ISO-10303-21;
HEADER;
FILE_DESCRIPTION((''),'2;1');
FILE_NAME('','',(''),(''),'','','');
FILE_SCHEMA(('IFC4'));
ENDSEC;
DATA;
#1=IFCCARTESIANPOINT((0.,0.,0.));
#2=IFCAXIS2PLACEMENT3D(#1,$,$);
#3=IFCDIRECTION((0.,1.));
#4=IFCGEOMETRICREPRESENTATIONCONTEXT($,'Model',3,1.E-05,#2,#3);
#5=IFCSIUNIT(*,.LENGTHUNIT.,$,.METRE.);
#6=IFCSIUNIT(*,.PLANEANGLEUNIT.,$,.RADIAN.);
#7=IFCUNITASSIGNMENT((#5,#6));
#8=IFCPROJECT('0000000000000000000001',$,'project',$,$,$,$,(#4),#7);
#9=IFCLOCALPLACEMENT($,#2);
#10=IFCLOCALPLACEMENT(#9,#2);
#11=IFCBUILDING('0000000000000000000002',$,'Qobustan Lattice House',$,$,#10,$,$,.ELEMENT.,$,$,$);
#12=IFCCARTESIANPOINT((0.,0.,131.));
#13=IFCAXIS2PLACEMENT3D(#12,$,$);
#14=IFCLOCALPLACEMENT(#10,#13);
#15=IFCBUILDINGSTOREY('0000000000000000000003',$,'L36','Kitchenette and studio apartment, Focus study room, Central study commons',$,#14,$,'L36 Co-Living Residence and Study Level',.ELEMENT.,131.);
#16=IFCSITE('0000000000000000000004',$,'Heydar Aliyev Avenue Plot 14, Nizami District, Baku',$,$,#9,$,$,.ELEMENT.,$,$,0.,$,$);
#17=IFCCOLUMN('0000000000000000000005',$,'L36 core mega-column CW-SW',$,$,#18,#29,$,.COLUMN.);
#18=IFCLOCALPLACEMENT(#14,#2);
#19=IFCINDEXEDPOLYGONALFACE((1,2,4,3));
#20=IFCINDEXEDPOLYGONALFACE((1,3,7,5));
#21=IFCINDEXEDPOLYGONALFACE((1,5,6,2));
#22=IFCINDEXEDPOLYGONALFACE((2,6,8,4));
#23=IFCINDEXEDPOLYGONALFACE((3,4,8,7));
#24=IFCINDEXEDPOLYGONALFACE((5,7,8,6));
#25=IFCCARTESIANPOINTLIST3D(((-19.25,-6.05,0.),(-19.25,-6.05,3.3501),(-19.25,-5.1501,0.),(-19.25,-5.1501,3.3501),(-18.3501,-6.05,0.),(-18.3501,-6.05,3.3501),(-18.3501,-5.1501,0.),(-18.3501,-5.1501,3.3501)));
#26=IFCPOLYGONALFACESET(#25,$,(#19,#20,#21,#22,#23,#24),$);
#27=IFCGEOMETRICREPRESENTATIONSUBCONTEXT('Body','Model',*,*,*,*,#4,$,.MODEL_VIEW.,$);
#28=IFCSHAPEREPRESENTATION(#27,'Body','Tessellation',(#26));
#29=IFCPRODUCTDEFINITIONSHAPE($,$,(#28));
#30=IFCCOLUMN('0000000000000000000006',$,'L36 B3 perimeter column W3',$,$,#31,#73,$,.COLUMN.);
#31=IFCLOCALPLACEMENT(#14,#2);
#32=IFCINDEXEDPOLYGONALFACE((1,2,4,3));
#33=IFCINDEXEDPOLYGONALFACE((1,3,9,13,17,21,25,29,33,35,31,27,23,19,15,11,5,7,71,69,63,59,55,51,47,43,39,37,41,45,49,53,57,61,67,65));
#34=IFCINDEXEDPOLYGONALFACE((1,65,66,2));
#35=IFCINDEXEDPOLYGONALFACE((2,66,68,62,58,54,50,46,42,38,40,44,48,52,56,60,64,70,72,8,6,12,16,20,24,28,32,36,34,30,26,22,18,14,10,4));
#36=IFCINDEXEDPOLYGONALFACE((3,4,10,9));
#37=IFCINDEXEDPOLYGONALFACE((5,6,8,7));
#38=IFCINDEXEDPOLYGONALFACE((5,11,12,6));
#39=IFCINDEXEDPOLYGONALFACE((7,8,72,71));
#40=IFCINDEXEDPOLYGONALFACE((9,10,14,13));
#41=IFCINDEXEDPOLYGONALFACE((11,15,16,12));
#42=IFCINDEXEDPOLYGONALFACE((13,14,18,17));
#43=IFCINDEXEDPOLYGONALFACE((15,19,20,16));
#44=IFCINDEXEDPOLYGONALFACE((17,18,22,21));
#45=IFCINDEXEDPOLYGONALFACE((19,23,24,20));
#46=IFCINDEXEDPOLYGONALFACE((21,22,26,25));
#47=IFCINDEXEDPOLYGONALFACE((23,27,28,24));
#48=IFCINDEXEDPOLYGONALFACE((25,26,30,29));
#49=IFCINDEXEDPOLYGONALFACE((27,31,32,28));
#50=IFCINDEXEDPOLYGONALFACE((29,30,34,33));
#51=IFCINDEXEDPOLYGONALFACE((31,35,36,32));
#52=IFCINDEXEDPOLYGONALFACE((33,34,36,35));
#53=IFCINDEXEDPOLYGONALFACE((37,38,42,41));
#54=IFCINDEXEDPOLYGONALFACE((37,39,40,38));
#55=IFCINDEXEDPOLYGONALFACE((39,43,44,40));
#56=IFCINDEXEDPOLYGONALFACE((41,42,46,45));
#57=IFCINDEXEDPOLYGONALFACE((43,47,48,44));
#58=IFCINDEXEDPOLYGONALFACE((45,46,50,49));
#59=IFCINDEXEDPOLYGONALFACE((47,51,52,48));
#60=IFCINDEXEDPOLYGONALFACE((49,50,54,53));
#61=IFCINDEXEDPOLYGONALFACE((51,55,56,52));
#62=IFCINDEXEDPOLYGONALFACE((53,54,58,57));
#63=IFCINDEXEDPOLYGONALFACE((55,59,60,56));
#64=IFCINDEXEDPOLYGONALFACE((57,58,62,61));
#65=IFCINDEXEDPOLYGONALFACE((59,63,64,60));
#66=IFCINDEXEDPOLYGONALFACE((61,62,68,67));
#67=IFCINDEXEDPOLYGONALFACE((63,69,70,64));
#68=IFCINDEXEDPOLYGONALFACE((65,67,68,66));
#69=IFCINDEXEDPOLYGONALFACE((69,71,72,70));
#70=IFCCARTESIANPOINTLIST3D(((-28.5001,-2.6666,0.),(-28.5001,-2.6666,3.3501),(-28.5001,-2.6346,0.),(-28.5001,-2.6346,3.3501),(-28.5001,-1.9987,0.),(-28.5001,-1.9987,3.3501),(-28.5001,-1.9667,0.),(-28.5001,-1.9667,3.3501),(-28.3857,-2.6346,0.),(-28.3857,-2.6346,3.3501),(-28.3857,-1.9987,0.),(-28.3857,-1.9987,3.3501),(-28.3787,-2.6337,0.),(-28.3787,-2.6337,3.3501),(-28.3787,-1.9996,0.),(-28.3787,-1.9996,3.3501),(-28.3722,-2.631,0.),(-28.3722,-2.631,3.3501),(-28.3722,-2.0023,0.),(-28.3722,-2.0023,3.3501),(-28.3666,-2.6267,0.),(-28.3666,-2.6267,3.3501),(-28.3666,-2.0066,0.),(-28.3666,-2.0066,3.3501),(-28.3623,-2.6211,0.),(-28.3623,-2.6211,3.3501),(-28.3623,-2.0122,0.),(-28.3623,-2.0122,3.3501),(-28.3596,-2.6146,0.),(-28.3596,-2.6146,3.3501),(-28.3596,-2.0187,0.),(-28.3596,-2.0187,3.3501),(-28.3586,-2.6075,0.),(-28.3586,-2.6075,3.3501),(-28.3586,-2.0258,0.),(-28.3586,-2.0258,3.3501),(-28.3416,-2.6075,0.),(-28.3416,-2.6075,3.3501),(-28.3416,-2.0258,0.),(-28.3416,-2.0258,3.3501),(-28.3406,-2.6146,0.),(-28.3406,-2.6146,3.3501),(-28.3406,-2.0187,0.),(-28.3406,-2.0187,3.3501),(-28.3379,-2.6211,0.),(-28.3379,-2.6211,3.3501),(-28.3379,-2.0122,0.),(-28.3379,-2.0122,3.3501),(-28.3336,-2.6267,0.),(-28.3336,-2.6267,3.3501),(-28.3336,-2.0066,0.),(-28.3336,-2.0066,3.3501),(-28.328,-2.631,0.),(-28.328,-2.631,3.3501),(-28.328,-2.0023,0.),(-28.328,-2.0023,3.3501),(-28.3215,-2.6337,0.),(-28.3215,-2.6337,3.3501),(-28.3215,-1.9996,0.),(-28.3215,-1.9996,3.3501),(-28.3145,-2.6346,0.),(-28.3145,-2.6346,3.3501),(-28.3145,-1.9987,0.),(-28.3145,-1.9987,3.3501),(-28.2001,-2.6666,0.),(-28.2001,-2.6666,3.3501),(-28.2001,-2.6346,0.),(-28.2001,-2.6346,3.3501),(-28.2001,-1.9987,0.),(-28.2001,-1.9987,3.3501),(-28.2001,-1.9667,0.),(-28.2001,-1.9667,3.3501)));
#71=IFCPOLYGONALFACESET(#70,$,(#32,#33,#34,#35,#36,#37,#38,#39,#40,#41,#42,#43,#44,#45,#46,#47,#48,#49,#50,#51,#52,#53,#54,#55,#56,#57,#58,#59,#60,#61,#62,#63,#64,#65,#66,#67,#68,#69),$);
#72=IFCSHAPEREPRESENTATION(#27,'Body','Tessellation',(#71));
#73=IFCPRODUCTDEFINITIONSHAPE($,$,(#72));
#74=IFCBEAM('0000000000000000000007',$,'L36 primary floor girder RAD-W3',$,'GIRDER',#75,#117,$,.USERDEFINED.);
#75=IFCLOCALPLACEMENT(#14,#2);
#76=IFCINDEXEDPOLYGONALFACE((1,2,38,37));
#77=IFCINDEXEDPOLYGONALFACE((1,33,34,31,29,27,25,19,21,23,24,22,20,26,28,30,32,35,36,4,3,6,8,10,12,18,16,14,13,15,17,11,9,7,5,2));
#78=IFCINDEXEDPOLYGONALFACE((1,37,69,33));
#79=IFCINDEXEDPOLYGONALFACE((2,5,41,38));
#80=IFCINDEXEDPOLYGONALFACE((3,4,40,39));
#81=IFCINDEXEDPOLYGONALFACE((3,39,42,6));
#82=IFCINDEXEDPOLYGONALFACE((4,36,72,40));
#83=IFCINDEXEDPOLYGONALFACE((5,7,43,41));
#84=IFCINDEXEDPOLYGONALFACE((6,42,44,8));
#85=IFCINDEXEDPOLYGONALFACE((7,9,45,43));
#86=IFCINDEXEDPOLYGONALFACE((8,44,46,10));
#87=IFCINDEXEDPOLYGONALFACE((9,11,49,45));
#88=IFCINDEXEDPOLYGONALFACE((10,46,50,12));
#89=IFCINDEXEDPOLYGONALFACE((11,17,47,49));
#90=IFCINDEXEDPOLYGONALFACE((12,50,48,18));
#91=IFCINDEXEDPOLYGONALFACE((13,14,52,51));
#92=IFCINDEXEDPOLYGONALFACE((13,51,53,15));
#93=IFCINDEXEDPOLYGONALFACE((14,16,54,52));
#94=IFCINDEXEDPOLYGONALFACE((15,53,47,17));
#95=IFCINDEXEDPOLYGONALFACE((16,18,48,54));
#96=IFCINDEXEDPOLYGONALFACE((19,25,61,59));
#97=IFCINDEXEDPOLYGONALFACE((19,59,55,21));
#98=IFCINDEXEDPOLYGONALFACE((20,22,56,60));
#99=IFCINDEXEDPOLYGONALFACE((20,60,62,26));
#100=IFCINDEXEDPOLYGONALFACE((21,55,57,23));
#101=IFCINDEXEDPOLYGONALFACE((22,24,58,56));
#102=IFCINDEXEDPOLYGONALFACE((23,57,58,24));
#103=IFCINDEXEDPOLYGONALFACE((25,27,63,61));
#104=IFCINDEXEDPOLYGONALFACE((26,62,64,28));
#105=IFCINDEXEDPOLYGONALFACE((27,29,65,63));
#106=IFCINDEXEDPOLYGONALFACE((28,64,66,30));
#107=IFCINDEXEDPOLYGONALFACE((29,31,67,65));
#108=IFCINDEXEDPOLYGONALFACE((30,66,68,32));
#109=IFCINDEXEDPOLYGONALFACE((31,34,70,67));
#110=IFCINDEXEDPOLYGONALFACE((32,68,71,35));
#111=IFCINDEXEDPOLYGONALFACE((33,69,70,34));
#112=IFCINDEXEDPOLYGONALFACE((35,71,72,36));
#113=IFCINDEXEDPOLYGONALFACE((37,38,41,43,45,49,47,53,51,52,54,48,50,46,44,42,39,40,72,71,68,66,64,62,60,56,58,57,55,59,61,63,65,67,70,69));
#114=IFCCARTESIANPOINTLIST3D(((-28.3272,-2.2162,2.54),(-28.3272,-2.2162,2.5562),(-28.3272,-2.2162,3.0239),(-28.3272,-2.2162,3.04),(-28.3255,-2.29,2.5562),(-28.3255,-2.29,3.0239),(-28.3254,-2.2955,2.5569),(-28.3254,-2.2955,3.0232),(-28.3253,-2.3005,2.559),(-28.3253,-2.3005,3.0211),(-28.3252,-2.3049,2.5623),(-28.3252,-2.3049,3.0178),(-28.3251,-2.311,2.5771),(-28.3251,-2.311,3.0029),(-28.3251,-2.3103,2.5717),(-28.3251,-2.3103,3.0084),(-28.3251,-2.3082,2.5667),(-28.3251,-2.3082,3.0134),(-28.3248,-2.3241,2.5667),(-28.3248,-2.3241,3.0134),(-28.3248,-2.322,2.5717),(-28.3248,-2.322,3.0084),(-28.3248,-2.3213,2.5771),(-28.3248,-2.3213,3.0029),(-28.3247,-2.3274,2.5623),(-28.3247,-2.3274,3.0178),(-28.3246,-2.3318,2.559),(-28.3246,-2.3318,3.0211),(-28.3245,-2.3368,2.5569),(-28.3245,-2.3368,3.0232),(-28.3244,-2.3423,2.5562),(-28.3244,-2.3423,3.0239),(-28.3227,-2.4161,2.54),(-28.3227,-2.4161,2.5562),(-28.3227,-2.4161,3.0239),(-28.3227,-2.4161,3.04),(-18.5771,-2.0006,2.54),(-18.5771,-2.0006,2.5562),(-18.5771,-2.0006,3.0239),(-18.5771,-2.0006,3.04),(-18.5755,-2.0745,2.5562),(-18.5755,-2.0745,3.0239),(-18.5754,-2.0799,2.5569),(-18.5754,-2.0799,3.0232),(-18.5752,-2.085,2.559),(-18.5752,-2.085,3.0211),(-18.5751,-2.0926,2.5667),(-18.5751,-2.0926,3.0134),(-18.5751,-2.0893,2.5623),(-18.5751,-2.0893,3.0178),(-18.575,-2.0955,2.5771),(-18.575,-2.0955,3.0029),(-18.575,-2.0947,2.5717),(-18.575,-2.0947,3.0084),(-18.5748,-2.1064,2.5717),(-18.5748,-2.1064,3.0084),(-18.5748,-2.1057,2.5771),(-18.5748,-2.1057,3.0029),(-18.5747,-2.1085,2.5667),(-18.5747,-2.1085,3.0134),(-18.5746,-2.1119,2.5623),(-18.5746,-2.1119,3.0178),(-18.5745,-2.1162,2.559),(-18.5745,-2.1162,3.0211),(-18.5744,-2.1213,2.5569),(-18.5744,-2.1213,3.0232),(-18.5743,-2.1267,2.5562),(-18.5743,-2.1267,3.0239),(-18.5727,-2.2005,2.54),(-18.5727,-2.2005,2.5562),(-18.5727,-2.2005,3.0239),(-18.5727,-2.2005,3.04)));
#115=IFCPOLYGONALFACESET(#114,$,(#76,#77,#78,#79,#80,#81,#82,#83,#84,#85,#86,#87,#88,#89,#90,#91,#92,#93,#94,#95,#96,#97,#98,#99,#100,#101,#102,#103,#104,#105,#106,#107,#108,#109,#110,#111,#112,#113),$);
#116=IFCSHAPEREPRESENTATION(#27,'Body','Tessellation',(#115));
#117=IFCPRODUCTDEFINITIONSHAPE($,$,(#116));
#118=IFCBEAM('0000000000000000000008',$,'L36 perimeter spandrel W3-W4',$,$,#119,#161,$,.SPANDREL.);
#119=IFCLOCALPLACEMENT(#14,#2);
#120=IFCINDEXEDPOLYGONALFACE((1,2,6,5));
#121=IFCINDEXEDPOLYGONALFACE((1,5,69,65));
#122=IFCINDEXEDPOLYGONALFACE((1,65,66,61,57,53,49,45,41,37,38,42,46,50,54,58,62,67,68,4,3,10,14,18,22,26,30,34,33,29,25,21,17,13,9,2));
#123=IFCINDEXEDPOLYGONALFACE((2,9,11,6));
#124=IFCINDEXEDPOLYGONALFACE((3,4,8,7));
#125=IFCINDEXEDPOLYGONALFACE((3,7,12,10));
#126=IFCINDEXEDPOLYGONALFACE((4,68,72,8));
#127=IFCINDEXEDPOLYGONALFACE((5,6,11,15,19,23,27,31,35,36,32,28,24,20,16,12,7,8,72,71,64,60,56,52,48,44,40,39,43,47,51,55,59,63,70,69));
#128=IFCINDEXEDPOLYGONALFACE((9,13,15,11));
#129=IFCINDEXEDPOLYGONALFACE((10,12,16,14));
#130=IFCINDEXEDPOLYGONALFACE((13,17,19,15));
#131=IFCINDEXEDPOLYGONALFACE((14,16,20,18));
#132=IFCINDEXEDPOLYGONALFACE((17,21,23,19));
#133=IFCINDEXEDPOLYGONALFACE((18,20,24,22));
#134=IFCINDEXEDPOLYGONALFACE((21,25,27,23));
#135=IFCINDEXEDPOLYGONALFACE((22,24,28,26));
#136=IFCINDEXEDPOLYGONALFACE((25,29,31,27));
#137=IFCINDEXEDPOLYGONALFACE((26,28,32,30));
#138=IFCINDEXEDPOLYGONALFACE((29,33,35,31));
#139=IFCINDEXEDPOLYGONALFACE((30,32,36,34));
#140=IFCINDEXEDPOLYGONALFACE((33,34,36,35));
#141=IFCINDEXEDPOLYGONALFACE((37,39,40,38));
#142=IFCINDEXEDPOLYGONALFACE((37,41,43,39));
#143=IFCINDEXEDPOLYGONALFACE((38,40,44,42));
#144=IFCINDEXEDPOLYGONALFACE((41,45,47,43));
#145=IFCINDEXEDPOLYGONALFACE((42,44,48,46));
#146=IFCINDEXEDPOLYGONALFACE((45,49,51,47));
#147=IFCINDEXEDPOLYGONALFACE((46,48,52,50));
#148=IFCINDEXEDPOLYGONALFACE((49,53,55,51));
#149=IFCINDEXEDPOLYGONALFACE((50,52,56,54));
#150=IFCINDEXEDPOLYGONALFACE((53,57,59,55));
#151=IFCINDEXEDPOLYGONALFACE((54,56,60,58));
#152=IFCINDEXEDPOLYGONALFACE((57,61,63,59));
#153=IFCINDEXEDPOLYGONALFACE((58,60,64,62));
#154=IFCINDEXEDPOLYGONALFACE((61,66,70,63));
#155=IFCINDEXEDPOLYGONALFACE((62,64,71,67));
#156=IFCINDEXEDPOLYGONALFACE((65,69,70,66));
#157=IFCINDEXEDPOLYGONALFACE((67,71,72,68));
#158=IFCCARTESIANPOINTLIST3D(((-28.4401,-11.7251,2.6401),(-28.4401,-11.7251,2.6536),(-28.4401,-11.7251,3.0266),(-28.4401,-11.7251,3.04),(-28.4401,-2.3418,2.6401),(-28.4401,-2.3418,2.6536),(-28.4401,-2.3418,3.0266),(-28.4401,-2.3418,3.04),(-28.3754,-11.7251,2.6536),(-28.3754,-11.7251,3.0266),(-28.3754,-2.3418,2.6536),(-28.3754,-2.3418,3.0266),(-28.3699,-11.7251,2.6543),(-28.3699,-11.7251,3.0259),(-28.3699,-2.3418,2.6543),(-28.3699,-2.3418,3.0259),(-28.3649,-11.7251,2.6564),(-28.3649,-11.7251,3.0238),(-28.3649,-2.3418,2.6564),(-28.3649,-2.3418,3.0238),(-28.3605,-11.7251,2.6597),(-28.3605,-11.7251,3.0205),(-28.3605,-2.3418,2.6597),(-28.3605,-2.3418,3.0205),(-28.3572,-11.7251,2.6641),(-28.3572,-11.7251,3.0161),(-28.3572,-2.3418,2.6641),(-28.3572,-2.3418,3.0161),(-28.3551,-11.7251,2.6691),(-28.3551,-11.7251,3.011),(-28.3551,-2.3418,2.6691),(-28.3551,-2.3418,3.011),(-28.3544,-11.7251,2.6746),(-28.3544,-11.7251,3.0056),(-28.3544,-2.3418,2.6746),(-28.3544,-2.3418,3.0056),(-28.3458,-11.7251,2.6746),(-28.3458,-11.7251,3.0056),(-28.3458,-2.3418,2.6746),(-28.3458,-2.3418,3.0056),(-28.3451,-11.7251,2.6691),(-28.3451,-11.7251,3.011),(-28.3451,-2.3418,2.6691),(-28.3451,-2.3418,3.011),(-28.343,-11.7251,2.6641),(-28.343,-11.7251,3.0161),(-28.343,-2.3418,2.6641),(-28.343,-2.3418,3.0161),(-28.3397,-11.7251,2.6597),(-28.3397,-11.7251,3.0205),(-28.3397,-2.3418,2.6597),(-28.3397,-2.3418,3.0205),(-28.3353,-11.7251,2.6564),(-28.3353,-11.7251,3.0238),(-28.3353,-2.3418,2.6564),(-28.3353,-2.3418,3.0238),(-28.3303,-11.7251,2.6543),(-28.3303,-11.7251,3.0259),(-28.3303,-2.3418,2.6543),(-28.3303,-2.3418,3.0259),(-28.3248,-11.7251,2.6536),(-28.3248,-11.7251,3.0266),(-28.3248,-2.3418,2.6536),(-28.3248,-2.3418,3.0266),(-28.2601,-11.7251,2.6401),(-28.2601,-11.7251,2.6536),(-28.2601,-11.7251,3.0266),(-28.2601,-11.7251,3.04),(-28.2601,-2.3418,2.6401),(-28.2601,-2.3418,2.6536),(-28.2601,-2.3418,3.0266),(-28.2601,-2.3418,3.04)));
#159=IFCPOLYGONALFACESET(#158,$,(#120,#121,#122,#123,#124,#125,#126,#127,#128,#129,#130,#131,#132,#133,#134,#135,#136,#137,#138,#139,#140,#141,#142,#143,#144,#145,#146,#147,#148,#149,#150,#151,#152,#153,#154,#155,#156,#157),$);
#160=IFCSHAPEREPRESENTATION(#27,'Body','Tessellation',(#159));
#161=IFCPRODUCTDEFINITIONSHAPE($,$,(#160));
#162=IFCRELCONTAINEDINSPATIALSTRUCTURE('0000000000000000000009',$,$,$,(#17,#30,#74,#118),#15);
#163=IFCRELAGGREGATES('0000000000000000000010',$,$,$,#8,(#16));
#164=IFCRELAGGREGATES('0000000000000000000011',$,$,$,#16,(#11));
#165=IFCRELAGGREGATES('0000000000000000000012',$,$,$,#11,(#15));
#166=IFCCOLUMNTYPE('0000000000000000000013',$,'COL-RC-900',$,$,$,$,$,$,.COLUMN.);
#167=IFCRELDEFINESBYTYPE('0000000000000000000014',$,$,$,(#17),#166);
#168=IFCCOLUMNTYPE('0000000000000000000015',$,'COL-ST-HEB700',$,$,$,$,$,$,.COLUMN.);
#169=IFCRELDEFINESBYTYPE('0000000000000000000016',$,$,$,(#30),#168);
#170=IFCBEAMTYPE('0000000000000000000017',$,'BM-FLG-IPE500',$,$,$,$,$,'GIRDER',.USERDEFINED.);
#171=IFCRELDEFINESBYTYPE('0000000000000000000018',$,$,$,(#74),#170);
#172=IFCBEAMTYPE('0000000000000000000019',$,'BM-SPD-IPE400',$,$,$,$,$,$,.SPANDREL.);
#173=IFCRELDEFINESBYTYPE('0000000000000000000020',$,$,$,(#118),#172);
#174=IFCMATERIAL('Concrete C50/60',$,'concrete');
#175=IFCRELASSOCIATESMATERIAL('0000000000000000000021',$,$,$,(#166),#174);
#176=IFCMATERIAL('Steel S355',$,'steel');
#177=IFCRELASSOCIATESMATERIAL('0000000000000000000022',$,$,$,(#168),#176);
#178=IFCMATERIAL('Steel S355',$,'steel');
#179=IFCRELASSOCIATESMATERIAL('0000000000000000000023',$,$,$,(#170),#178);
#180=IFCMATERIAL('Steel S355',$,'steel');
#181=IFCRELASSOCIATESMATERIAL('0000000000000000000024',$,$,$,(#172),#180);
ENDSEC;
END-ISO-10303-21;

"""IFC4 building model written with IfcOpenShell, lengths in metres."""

from ifc_helpers import new_model, si_unit, direction, frame, origin, origin_2d, place, context, subcontext, project, spatial, rectangle, i_section, extrude, material, material_profile, profile_set, type_object, element, save


model = new_model("IFC4")

# Units and contexts
model_context = context("Model", 3, precision=1e-05, world=origin(), true_north=direction((0.0, 1.0)))
body_context = subcontext(model_context, "Body", "Model", "MODEL_VIEW")
ifc_project = project(units=[si_unit("LENGTHUNIT", "METRE"), si_unit("PLANEANGLEUNIT", "RADIAN")], contexts=[model_context])

# Site, building, storey
site_placement = place(None, origin())
site = spatial("IfcSite", under=ifc_project, at=site_placement, Name="Heydar Aliyev Avenue Plot 14, Nizami District, Baku", CompositionType="ELEMENT", RefElevation=0.0)
building_placement = place(site_placement, origin())
building = spatial("IfcBuilding", under=site, at=building_placement, Name="Qobustan Lattice House", CompositionType="ELEMENT")
storey_placement = place(building_placement, frame((0.0, 0.0, 131.0)))
storey = spatial("IfcBuildingStorey", under=building, at=storey_placement, Name="L36", Description="Kitchenette and studio apartment, Focus study room, Central study commons", LongName="L36 Co-Living Residence and Study Level", CompositionType="ELEMENT", Elevation=131.0)

# Columns
ifc_material_1 = material(Name="Concrete C50/60", Category="concrete")
ifc_material_profile_1 = material_profile(ifc_material_1, rectangle(XDim=0.8999, YDim=0.8999, at=origin_2d()), Name="RC900x900")
ifc_profile_set_1 = profile_set([ifc_material_profile_1], Name="Concrete C50/60")
column_type_1 = type_object("IfcColumnType", Name="COL-RC-900", PredefinedType="COLUMN", material=ifc_profile_set_1)
column_1_placement = place(storey_placement, frame((-18.8, -5.6001, 0.0), z_axis=(0.0, 0.0, 1.0), x_axis=(1.0, 0.0, 0.0)))
element("IfcColumn", 1, at=column_1_placement, inside=storey, type_object=column_type_1, Name="L36 core mega-column CW-SW", PredefinedType="COLUMN", context=body_context, shape_type="SweptSolid", body=[
    extrude(rectangle(XDim=0.8999, YDim=0.8999, at=origin_2d()), origin(), (0.0, 0.0, 1.0), 3.3501),
])
ifc_material_2 = material(Name="Steel S355", Category="steel")
ifc_material_profile_2 = material_profile(ifc_material_2, i_section(OverallWidth=0.3, OverallDepth=0.7, WebThickness=0.0171, FlangeThickness=0.032, FilletRadius=0.0271, at=origin_2d()), Name="HEB700")
ifc_profile_set_2 = profile_set([ifc_material_profile_2], Name="Steel S355")
column_type_2 = type_object("IfcColumnType", Name="COL-ST-HEB700", PredefinedType="COLUMN", material=ifc_profile_set_2)
column_2_placement = place(storey_placement, frame((-28.3501, -2.3167, 0.0), z_axis=(0.0, 0.0, 1.0), x_axis=(1.0, 0.0, 0.0)))
element("IfcColumn", 2, at=column_2_placement, inside=storey, type_object=column_type_2, Name="L36 B3 perimeter column W3", PredefinedType="COLUMN", context=body_context, shape_type="SweptSolid", body=[
    extrude(i_section(OverallWidth=0.3, OverallDepth=0.7, WebThickness=0.0171, FlangeThickness=0.032, FilletRadius=0.0271, at=origin_2d()), origin(), (0.0, 0.0, 1.0), 3.3501),
])

# Beams
ifc_material_3 = material(Name="Steel S355", Category="steel")
ifc_material_profile_3 = material_profile(ifc_material_3, i_section(OverallWidth=0.2, OverallDepth=0.5, WebThickness=0.0103, FlangeThickness=0.0161, FilletRadius=0.021, at=origin_2d()), Name="IPE500")
ifc_profile_set_3 = profile_set([ifc_material_profile_3], Name="Steel S355")
beam_type_1 = type_object("IfcBeamType", Name="BM-FLG-IPE500", ElementType="GIRDER", PredefinedType="USERDEFINED", material=ifc_profile_set_3)
beam_1_placement = place(storey_placement, frame((-28.325, -2.3162, 2.79), z_axis=(0.999756, 0.022105, 0.0), x_axis=(-0.022105, 0.999756, 0.0)))
element("IfcBeam", 3, at=beam_1_placement, inside=storey, type_object=beam_type_1, Name="L36 primary floor girder RAD-W3", ObjectType="GIRDER", PredefinedType="USERDEFINED", context=body_context, shape_type="SweptSolid", body=[
    extrude(i_section(OverallWidth=0.2, OverallDepth=0.5, WebThickness=0.0103, FlangeThickness=0.0161, FilletRadius=0.021, at=origin_2d()), origin(), (0.0, 0.0, 1.0), 9.7524),
])
ifc_material_4 = material(Name="Steel S355", Category="steel")
ifc_material_profile_4 = material_profile(ifc_material_4, i_section(OverallWidth=0.1799, OverallDepth=0.3999, WebThickness=0.0085, FlangeThickness=0.0134, FilletRadius=0.021, at=origin_2d()), Name="IPE400")
ifc_profile_set_4 = profile_set([ifc_material_profile_4], Name="Steel S355")
beam_type_2 = type_object("IfcBeamType", Name="BM-SPD-IPE400", PredefinedType="SPANDREL", material=ifc_profile_set_4)
beam_2_placement = place(storey_placement, frame((-28.3501, -2.3418, 2.8401), z_axis=(0.0, -1.0, 0.0), x_axis=(1.0, 0.0, 0.0)))
element("IfcBeam", 4, at=beam_2_placement, inside=storey, type_object=beam_type_2, Name="L36 perimeter spandrel W3-W4", PredefinedType="SPANDREL", context=body_context, shape_type="SweptSolid", body=[
    extrude(i_section(OverallWidth=0.1799, OverallDepth=0.3999, WebThickness=0.0085, FlangeThickness=0.0134, FilletRadius=0.021, at=origin_2d()), origin(), (0.0, 0.0, 1.0), 9.3833),
])

save(model, "model.ifc")
